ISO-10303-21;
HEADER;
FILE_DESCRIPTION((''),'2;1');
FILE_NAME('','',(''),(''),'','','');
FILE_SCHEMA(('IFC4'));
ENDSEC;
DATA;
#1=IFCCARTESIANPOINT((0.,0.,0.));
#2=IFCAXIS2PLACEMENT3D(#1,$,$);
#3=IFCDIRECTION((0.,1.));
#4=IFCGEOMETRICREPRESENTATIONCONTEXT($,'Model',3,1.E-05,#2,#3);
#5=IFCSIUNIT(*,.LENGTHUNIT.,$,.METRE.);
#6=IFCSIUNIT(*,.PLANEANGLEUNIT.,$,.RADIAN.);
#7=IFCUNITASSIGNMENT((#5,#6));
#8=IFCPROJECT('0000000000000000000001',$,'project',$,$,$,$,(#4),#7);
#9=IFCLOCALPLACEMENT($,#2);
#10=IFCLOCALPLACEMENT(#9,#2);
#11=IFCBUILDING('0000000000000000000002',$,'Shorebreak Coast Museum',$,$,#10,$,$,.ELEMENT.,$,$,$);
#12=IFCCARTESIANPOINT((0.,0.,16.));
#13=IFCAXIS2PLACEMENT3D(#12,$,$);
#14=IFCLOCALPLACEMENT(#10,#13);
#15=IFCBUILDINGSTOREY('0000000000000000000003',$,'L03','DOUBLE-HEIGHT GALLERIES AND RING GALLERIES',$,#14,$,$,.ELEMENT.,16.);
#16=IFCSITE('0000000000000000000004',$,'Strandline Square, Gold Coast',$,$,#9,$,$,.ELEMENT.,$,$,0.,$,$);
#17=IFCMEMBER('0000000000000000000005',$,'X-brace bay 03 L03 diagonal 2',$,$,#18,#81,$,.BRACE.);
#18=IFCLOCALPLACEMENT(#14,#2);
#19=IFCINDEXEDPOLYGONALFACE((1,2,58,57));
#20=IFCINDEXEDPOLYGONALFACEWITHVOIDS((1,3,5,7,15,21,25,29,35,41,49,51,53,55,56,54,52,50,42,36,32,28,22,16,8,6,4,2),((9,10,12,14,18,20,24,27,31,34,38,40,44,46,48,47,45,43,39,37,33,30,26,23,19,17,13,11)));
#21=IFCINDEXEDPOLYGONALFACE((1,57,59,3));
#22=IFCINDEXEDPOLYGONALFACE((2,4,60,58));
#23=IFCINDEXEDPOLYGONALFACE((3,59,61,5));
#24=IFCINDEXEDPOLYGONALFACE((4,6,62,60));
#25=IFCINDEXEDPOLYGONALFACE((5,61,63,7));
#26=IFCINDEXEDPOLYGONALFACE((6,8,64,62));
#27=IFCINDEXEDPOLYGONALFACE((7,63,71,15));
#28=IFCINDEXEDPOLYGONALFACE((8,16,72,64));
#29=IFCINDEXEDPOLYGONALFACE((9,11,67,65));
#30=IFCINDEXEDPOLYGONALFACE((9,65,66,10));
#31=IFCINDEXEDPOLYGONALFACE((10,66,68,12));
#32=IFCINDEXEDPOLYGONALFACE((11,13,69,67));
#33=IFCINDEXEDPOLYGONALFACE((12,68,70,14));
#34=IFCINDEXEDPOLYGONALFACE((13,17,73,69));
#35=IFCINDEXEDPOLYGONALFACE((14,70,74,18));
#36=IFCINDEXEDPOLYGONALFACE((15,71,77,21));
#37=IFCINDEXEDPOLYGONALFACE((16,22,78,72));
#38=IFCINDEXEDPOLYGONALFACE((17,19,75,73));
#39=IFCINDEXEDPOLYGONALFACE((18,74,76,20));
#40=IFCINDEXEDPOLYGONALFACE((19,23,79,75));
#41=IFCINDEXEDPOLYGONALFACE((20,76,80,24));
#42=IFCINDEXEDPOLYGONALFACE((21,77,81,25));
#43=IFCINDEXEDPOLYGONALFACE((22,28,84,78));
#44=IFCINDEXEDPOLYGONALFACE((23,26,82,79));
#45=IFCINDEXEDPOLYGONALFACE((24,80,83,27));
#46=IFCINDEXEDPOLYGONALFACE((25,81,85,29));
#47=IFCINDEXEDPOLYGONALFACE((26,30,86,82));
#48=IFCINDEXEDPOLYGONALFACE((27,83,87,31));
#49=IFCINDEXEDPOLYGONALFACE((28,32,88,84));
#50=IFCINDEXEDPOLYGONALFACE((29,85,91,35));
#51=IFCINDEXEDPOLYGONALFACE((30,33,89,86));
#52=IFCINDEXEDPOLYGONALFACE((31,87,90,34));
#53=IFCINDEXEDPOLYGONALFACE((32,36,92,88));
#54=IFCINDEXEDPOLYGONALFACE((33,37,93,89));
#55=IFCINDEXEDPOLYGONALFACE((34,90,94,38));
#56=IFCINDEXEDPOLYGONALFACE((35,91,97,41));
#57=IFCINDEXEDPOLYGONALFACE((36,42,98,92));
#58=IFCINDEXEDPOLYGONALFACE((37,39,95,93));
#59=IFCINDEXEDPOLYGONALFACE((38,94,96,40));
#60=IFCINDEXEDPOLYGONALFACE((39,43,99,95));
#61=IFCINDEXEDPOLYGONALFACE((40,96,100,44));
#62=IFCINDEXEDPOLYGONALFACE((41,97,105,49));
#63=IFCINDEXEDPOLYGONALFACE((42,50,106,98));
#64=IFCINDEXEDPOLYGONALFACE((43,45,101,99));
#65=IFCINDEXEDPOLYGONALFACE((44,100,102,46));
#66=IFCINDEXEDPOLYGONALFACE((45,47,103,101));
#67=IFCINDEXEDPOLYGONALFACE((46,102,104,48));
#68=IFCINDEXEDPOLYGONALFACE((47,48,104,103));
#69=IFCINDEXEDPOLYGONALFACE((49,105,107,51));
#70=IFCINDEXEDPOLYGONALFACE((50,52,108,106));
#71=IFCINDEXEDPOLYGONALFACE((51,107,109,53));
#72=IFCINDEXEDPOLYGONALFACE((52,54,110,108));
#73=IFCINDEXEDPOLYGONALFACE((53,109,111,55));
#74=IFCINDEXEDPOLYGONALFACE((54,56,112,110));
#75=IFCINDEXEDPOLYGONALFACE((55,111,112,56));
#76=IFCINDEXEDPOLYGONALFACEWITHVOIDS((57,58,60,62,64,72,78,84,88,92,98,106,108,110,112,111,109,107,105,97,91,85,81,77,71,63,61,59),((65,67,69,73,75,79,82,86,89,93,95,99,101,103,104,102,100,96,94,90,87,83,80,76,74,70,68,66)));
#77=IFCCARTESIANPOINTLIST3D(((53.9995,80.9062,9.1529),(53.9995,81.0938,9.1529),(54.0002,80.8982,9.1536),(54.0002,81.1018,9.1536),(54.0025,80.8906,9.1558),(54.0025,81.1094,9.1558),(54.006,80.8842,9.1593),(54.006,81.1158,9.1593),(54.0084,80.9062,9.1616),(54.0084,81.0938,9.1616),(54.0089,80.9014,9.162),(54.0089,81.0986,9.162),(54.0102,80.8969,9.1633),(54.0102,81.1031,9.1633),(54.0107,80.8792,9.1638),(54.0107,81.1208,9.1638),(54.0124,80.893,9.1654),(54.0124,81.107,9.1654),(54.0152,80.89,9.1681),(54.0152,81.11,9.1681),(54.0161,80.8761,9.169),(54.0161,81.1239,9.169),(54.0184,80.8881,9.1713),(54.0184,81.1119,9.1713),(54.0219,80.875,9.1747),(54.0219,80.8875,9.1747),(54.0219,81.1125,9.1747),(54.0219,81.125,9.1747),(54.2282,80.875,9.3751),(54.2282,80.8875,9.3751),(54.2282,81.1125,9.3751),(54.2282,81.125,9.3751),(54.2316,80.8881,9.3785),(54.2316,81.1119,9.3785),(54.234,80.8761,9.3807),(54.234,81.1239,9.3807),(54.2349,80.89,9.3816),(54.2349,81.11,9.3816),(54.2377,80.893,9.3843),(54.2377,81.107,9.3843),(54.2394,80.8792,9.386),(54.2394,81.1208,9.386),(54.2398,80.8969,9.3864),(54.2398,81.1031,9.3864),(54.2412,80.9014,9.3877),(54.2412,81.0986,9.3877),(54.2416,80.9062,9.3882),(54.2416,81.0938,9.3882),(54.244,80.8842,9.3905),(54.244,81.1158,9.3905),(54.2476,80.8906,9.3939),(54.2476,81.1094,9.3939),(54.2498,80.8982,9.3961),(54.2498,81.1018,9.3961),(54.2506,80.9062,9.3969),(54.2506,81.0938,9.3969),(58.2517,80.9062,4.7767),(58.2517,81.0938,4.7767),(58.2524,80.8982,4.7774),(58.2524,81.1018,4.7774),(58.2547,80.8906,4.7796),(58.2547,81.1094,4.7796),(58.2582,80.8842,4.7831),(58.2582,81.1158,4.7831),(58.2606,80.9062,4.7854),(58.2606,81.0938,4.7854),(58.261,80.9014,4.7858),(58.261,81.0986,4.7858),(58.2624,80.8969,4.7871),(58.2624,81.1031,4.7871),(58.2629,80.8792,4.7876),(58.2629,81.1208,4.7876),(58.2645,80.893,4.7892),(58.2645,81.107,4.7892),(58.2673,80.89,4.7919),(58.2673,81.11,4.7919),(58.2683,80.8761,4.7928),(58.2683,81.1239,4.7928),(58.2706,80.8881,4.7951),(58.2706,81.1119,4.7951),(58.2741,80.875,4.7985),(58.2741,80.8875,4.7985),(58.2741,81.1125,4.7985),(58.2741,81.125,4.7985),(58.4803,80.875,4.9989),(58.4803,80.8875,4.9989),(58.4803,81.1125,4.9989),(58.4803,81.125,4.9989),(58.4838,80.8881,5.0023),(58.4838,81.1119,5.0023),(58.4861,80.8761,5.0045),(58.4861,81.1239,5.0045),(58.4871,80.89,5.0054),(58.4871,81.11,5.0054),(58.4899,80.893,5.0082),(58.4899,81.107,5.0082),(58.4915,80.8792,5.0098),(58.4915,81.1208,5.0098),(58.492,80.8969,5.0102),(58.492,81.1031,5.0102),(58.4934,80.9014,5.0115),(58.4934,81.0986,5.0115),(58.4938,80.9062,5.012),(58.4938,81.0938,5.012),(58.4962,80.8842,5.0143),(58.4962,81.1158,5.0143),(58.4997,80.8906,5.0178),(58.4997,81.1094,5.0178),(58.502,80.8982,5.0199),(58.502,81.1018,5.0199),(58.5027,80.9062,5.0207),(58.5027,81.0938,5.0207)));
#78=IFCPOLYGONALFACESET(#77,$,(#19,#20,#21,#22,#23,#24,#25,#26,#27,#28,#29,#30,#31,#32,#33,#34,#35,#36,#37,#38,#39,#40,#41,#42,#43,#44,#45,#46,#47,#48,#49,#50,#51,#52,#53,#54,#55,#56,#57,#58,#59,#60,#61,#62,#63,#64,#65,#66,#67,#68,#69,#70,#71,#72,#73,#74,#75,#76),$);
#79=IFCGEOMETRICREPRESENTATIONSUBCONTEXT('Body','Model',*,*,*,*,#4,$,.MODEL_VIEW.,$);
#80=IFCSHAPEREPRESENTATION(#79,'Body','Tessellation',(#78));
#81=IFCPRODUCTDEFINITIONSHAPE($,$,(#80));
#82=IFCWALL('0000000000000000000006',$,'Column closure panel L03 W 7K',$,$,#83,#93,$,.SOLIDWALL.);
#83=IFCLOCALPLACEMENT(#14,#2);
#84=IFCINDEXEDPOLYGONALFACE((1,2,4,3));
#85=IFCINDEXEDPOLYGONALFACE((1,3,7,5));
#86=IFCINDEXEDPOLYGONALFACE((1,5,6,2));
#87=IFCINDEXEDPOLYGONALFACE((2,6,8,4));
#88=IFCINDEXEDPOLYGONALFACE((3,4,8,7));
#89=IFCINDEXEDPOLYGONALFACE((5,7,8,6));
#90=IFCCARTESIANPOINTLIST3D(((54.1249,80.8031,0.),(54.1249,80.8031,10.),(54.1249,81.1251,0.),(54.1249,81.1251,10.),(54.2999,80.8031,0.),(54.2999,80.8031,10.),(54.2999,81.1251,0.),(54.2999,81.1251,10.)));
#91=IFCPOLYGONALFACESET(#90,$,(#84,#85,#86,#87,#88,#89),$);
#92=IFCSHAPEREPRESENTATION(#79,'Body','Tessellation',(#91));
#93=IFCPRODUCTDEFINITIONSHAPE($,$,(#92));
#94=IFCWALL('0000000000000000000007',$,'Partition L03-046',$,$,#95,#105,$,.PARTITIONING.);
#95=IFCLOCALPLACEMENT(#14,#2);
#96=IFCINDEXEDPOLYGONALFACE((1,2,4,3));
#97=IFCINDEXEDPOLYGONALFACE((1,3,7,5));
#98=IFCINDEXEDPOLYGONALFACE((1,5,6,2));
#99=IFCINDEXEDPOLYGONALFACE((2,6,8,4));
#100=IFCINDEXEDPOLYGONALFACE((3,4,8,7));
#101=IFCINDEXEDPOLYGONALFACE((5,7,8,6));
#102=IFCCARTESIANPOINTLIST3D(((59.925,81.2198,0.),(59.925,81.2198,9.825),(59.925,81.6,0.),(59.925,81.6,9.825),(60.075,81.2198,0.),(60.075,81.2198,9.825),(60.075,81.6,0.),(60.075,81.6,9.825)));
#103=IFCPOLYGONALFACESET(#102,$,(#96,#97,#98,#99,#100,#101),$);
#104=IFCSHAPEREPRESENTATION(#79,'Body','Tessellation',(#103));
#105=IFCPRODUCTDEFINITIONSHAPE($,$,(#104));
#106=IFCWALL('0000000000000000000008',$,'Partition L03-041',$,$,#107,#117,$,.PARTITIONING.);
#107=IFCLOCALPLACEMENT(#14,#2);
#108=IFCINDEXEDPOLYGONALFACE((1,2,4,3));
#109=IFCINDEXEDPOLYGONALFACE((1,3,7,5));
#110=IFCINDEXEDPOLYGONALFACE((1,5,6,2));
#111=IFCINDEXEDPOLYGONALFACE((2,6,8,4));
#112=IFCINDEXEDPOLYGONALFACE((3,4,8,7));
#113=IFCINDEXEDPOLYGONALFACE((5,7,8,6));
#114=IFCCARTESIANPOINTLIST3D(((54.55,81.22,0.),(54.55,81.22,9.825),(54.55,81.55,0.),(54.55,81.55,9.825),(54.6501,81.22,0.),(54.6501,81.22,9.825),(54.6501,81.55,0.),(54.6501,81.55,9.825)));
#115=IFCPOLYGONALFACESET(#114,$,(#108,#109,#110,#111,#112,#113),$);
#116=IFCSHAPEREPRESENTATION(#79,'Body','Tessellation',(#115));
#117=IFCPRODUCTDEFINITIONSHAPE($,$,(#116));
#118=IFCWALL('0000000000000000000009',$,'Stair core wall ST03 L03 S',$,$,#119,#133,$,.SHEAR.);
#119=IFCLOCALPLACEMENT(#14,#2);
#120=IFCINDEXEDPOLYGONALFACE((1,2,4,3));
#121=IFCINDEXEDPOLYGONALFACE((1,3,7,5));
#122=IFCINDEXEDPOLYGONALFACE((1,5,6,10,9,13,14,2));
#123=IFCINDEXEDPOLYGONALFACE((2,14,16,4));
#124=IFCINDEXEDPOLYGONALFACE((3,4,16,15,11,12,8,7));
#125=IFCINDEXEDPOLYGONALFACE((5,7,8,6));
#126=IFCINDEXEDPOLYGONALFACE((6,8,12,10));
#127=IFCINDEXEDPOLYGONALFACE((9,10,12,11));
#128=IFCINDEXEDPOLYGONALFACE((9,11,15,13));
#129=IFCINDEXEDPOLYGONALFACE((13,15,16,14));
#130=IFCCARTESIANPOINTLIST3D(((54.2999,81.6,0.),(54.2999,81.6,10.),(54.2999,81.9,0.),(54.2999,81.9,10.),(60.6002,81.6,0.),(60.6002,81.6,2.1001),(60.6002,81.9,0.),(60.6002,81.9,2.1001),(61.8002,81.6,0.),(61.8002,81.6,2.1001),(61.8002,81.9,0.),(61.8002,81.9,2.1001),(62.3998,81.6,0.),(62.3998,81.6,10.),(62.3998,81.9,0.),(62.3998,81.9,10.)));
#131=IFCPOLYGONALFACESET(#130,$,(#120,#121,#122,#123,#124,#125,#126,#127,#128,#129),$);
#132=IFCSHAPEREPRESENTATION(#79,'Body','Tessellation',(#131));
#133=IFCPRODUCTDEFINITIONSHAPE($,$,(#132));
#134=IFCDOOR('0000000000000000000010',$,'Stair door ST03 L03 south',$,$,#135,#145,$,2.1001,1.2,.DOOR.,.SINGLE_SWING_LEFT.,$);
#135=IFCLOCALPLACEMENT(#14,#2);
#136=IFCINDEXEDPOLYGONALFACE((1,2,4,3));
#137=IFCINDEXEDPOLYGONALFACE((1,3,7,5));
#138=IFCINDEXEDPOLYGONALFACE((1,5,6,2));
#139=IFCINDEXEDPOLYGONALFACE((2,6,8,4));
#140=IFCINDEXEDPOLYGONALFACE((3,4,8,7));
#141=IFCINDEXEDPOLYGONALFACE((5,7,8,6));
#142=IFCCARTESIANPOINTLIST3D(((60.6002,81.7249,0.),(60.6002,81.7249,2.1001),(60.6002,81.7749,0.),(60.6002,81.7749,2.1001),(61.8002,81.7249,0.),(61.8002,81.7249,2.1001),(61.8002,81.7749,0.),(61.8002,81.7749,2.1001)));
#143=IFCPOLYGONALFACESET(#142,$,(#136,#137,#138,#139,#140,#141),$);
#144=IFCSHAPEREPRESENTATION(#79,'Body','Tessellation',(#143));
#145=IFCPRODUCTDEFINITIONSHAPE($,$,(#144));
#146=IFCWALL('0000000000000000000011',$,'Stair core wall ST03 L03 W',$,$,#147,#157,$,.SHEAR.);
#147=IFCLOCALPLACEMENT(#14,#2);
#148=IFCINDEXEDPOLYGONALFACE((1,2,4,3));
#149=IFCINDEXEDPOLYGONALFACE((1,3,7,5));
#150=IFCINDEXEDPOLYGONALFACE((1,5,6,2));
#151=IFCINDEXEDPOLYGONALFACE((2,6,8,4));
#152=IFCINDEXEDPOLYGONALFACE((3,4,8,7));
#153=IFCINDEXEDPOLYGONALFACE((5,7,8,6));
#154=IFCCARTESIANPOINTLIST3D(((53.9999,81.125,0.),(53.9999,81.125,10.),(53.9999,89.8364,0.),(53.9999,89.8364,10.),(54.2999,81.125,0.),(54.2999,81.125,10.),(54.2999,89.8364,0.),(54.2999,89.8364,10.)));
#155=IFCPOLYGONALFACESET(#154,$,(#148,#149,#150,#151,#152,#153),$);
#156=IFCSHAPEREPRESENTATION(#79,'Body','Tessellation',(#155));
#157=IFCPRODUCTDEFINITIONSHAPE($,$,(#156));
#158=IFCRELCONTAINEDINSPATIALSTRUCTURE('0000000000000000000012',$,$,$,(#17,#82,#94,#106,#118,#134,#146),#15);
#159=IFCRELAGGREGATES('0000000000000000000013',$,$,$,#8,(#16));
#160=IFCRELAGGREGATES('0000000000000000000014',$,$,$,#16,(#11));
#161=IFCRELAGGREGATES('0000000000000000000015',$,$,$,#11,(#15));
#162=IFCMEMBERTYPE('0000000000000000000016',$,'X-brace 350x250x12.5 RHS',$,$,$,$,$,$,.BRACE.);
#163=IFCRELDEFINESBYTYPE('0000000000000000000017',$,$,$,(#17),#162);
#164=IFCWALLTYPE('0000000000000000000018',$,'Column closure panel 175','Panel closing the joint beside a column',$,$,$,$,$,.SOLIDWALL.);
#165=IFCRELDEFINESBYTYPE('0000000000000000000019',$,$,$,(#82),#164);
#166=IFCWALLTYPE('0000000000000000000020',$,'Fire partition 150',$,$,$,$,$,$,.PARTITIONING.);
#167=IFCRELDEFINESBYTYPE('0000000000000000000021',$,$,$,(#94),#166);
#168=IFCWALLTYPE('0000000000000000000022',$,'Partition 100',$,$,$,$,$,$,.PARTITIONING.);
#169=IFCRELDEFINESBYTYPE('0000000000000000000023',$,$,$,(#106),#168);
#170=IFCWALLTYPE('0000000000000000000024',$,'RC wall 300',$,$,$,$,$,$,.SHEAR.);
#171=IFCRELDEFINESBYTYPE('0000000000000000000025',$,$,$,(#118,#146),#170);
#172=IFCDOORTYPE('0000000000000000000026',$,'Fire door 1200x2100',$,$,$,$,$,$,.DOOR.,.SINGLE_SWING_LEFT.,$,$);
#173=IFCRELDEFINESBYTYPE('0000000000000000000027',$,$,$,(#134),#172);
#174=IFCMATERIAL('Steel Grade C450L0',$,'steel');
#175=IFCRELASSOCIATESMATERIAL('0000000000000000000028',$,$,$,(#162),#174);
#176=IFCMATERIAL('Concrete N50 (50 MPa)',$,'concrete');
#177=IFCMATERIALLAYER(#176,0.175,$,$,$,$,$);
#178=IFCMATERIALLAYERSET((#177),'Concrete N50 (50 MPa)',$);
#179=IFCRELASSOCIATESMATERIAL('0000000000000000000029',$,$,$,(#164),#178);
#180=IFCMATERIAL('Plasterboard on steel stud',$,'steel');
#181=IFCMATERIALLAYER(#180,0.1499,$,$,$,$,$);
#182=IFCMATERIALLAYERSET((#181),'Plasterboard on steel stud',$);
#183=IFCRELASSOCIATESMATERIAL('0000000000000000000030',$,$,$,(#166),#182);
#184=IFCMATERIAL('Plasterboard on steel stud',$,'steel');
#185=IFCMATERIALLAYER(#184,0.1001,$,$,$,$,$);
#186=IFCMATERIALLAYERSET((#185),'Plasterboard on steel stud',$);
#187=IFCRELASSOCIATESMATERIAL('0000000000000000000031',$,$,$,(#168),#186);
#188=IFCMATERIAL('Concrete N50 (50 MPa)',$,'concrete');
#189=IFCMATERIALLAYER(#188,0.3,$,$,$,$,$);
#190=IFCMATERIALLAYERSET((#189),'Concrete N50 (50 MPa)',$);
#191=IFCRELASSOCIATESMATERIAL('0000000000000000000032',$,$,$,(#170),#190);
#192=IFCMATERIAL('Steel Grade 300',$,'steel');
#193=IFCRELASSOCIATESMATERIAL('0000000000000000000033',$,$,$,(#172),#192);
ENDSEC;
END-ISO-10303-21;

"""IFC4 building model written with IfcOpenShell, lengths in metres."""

from ifc_helpers import new_model, si_unit, direction, frame, frame_2d, origin, origin_2d, place, context, subcontext, project, spatial, rectangle, hollow_rectangle, extrude, material, layer, layer_set, material_profile, profile_set, type_object, element, fill, save


model = new_model("IFC4")

# Units and contexts
model_context = context("Model", 3, precision=1e-05, world=origin(), true_north=direction((0.0, 1.0)))
body_context = subcontext(model_context, "Body", "Model", "MODEL_VIEW")
ifc_project = project(units=[si_unit("LENGTHUNIT", "METRE"), si_unit("PLANEANGLEUNIT", "RADIAN")], contexts=[model_context])

# Site, building, storey
site_placement = place(None, origin())
site = spatial("IfcSite", under=ifc_project, at=site_placement, Name="Strandline Square, Gold Coast", CompositionType="ELEMENT", RefElevation=0.0)
building_placement = place(site_placement, origin())
building = spatial("IfcBuilding", under=site, at=building_placement, Name="Shorebreak Coast Museum", CompositionType="ELEMENT")
storey_placement = place(building_placement, frame((0.0, 0.0, 16.0)))
storey = spatial("IfcBuildingStorey", under=building, at=storey_placement, Name="L03", Description="DOUBLE-HEIGHT GALLERIES AND RING GALLERIES", CompositionType="ELEMENT", Elevation=16.0)

# Member
ifc_material_1 = material(Name="Steel Grade C450L0", Category="steel")
ifc_material_profile_1 = material_profile(ifc_material_1, hollow_rectangle(XDim=0.25, YDim=0.3501, WallThickness=0.0125, InnerFilletRadius=0.0188, OuterFilletRadius=0.0312, at=origin_2d()), Name="350x250x12.5 RHS")
ifc_profile_set_1 = profile_set([ifc_material_profile_1], Name="Steel Grade C450L0")
member_type_1 = type_object("IfcMemberType", Name="X-brace 350x250x12.5 RHS", PredefinedType="BRACE", material=ifc_profile_set_1)
member_1_placement = place(storey_placement, frame((58.3772, 81.0, 4.8987), z_axis=(-0.696871, 0.0, 0.717197), x_axis=(0.0, -1.0, 0.0)))
element("IfcMember", 1, at=member_1_placement, inside=storey, type_object=member_type_1, Name="X-brace bay 03 L03 diagonal 2", PredefinedType="BRACE", context=body_context, shape_type="SweptSolid", body=[
    extrude(hollow_rectangle(XDim=0.25, YDim=0.3501, WallThickness=0.0125, InnerFilletRadius=0.0188, OuterFilletRadius=0.0312, at=origin_2d()), origin(), (0.0, 0.0, 1.0), 6.1018),
])

# Walls
ifc_material_2 = material(Name="Concrete N50 (50 MPa)", Category="concrete")
ifc_layer_1 = layer(ifc_material_2, 0.175)
ifc_layer_set_1 = layer_set([ifc_layer_1], Name="Concrete N50 (50 MPa)")
wall_type_1 = type_object("IfcWallType", Name="Column closure panel 175", Description="Panel closing the joint beside a column", PredefinedType="SOLIDWALL", material=ifc_layer_set_1)
wall_1_placement = place(storey_placement, frame((54.2124, 80.803, 0.0), z_axis=(0.0, 0.0, 1.0), x_axis=(0.0, 1.0, 0.0)))
element("IfcWall", 2, at=wall_1_placement, inside=storey, type_object=wall_type_1, Name="Column closure panel L03 W 7K", PredefinedType="SOLIDWALL", context=body_context, shape_type="SweptSolid", body=[
    extrude(rectangle(XDim=0.322, YDim=0.175, at=frame_2d((0.1611, 0.0))), origin(), (0.0, 0.0, 1.0), 10.0),
])
ifc_material_3 = material(Name="Plasterboard on steel stud", Category="steel")
ifc_layer_2 = layer(ifc_material_3, 0.1499)
ifc_layer_set_2 = layer_set([ifc_layer_2], Name="Plasterboard on steel stud")
wall_type_2 = type_object("IfcWallType", Name="Fire partition 150", PredefinedType="PARTITIONING", material=ifc_layer_set_2)
wall_2_placement = place(storey_placement, frame((60.0, 81.22, 0.0), z_axis=(0.0, 0.0, 1.0), x_axis=(0.0, 1.0, 0.0)))
element("IfcWall", 3, at=wall_2_placement, inside=storey, type_object=wall_type_2, Name="Partition L03-046", PredefinedType="PARTITIONING", context=body_context, shape_type="SweptSolid", body=[
    extrude(rectangle(XDim=0.3801, YDim=0.1499, at=frame_2d((0.1899, 0.0))), origin(), (0.0, 0.0, 1.0), 9.825),
])
ifc_material_4 = material(Name="Plasterboard on steel stud", Category="steel")
ifc_layer_3 = layer(ifc_material_4, 0.1001)
ifc_layer_set_3 = layer_set([ifc_layer_3], Name="Plasterboard on steel stud")
wall_type_3 = type_object("IfcWallType", Name="Partition 100", PredefinedType="PARTITIONING", material=ifc_layer_set_3)
wall_3_placement = place(storey_placement, frame((54.6001, 81.22, 0.0), z_axis=(0.0, 0.0, 1.0), x_axis=(0.0, 1.0, 0.0)))
element("IfcWall", 4, at=wall_3_placement, inside=storey, type_object=wall_type_3, Name="Partition L03-041", PredefinedType="PARTITIONING", context=body_context, shape_type="SweptSolid", body=[
    extrude(rectangle(XDim=0.3301, YDim=0.1001, at=frame_2d((0.165, 0.0))), origin(), (0.0, 0.0, 1.0), 9.825),
])

# Wall, opening, door
ifc_material_5 = material(Name="Concrete N50 (50 MPa)", Category="concrete")
ifc_layer_4 = layer(ifc_material_5, 0.3)
ifc_layer_set_4 = layer_set([ifc_layer_4], Name="Concrete N50 (50 MPa)")
wall_type_4 = type_object("IfcWallType", Name="RC wall 300", PredefinedType="SHEAR", material=ifc_layer_set_4)
wall_4_placement = place(storey_placement, frame((54.3, 81.75, 0.0), z_axis=(0.0, 0.0, 1.0), x_axis=(1.0, 0.0, 0.0)))
wall_4 = element("IfcWall", 5, at=wall_4_placement, inside=storey, type_object=wall_type_4, Name="Stair core wall ST03 L03 S", PredefinedType="SHEAR", context=body_context, shape_type="SweptSolid", body=[
    extrude(rectangle(XDim=8.0999, YDim=0.3, at=frame_2d((4.0498, 0.0))), origin(), (0.0, 0.0, 1.0), 10.0),
])
opening_1_placement = place(wall_4_placement, frame((6.3, 0.0, 0.0)))
opening_1 = element("IfcOpeningElement", 6, at=opening_1_placement, cuts=wall_4, PredefinedType="OPENING", context=body_context, shape_type="SweptSolid", body=[
    extrude(rectangle(XDim=1.2, YDim=2.1001, at=frame_2d((0.6001, 1.05))), frame((0.0, 0.1599, 0.0), z_axis=(0.0, -1.0, 0.0), x_axis=(1.0, 0.0, 0.0)), (0.0, 0.0, 1.0), 0.3201),
])
ifc_material_6 = material(Name="Steel Grade 300", Category="steel")
door_type = type_object("IfcDoorType", Name="Fire door 1200x2100", OperationType="SINGLE_SWING_LEFT", PredefinedType="DOOR", material=ifc_material_6)
door_1_placement = place(opening_1_placement, origin())
door_1 = element("IfcDoor", 7, at=door_1_placement, inside=storey, type_object=door_type, Name="Stair door ST03 L03 south", OperationType="SINGLE_SWING_LEFT", OverallHeight=2.1001, OverallWidth=1.2, PredefinedType="DOOR", context=body_context, shape_type="SweptSolid", body=[
    extrude(rectangle(XDim=1.2, YDim=2.1001, at=frame_2d((0.6001, 1.05))), frame((0.0, 0.0249, 0.0), z_axis=(0.0, -1.0, 0.0), x_axis=(1.0, 0.0, 0.0)), (0.0, 0.0, 1.0), 0.05),
])
fill(opening_1, door_1)

# Wall
wall_5_placement = place(storey_placement, frame((54.1499, 81.125, 0.0), z_axis=(0.0, 0.0, 1.0), x_axis=(0.0, 1.0, 0.0)))
element("IfcWall", 8, at=wall_5_placement, inside=storey, type_object=wall_type_4, Name="Stair core wall ST03 L03 W", PredefinedType="SHEAR", context=body_context, shape_type="SweptSolid", body=[
    extrude(rectangle(XDim=8.7114, YDim=0.3, at=frame_2d((4.3557, 0.0))), origin(), (0.0, 0.0, 1.0), 10.0),
])

save(model, "model.ifc")
